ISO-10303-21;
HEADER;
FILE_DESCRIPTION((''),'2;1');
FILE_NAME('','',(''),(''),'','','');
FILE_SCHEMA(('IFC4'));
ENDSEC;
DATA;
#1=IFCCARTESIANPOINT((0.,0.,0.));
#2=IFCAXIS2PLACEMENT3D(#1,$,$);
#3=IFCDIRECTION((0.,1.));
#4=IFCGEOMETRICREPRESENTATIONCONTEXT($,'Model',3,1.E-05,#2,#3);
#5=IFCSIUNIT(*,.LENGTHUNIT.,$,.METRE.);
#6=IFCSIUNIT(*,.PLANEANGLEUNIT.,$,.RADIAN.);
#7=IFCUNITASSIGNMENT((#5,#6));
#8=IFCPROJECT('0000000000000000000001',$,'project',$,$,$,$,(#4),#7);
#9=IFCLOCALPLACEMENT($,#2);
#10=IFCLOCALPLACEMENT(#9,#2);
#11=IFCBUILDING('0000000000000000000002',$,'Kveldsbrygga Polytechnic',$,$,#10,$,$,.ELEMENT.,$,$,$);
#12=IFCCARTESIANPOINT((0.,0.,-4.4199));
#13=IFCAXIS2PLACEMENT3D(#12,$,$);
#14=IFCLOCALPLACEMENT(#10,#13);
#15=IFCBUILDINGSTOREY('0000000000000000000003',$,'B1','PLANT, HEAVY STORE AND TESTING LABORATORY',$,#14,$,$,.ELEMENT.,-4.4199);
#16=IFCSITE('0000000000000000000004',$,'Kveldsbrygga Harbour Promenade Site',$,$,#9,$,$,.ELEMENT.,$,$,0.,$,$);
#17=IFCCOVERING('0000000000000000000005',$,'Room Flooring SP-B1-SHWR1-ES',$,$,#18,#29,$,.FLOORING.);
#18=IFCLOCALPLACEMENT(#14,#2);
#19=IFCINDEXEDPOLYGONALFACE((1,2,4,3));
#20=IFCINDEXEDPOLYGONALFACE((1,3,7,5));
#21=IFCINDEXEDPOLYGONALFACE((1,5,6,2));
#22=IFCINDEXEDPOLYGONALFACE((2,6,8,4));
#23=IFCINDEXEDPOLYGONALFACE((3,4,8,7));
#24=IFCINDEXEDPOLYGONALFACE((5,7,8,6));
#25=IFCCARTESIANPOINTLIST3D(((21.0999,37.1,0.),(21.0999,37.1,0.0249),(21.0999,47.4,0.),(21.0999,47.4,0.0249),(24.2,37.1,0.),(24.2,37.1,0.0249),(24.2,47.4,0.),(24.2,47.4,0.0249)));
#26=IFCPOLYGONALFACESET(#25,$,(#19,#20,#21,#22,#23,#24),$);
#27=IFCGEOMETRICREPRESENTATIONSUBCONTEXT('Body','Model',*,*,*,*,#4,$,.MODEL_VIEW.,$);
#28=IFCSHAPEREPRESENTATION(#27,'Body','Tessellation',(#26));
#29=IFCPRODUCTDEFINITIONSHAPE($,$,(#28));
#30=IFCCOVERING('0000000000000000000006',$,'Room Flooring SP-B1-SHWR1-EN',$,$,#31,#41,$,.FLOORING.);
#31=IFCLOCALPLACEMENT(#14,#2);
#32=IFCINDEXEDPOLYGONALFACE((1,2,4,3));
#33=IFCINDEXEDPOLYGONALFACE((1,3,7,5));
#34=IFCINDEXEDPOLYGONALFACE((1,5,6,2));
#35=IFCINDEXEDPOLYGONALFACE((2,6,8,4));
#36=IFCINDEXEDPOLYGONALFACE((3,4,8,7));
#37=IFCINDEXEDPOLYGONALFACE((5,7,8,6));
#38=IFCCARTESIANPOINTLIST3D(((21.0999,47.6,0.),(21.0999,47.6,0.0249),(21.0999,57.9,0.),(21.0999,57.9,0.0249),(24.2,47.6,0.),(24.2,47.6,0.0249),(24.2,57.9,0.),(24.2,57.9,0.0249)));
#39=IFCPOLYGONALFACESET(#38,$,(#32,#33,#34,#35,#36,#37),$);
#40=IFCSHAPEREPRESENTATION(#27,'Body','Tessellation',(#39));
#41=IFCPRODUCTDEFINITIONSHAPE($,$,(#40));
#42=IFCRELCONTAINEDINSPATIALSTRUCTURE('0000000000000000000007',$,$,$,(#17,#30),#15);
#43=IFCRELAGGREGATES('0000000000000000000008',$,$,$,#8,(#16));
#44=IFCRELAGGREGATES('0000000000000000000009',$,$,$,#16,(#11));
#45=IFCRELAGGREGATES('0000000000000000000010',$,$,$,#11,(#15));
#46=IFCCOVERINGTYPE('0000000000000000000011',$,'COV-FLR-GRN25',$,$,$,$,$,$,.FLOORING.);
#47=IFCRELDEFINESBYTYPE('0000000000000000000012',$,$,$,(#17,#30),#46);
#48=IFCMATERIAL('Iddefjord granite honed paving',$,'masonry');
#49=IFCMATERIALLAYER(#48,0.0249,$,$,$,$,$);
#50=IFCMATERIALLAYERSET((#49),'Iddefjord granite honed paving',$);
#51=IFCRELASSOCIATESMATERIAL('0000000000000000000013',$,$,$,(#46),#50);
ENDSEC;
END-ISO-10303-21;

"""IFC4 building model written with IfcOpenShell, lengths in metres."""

from ifc_helpers import new_model, si_unit, direction, frame, origin, origin_2d, place, context, subcontext, project, spatial, rectangle, extrude, material, layer, layer_set, type_object, element, save


model = new_model("IFC4")

# Units and contexts
model_context = context("Model", 3, precision=1e-05, world=origin(), true_north=direction((0.0, 1.0)))
body_context = subcontext(model_context, "Body", "Model", "MODEL_VIEW")
ifc_project = project(units=[si_unit("LENGTHUNIT", "METRE"), si_unit("PLANEANGLEUNIT", "RADIAN")], contexts=[model_context])

# Site, building, storey
site_placement = place(None, origin())
site = spatial("IfcSite", under=ifc_project, at=site_placement, Name="Kveldsbrygga Harbour Promenade Site", CompositionType="ELEMENT", RefElevation=0.0)
building_placement = place(site_placement, origin())
building = spatial("IfcBuilding", under=site, at=building_placement, Name="Kveldsbrygga Polytechnic", CompositionType="ELEMENT")
storey_placement = place(building_placement, frame((0.0, 0.0, -4.4199)))
storey = spatial("IfcBuildingStorey", under=building, at=storey_placement, Name="B1", Description="PLANT, HEAVY STORE AND TESTING LABORATORY", CompositionType="ELEMENT", Elevation=-4.4199)

# Coverings
ifc_material_1 = material(Name="Iddefjord granite honed paving", Category="masonry")
ifc_layer_1 = layer(ifc_material_1, 0.0249)
ifc_layer_set_1 = layer_set([ifc_layer_1], Name="Iddefjord granite honed paving")
covering_type_1 = type_object("IfcCoveringType", Name="COV-FLR-GRN25", PredefinedType="FLOORING", material=ifc_layer_set_1)
for number, where, z_axis, x_axis, name in (
    (1, (22.6499, 42.25, 0.0), (0.0, 0.0, 1.0), (1.0, 0.0, 0.0), "Room Flooring SP-B1-SHWR1-ES"),
    (2, (22.6499, 52.75, 0.0), (0.0, 0.0, 1.0), (1.0, 0.0, 0.0), "Room Flooring SP-B1-SHWR1-EN"),
):
    element("IfcCovering", number, at=place(storey_placement, frame(where, z_axis=z_axis, x_axis=x_axis)), inside=storey, type_object=covering_type_1, Name=name, PredefinedType="FLOORING", context=body_context, shape_type="SweptSolid", body=[
        extrude(rectangle(XDim=3.1001, YDim=10.3, at=origin_2d()), origin(), (0.0, 0.0, 1.0), 0.0249),
    ])

save(model, "model.ifc")
